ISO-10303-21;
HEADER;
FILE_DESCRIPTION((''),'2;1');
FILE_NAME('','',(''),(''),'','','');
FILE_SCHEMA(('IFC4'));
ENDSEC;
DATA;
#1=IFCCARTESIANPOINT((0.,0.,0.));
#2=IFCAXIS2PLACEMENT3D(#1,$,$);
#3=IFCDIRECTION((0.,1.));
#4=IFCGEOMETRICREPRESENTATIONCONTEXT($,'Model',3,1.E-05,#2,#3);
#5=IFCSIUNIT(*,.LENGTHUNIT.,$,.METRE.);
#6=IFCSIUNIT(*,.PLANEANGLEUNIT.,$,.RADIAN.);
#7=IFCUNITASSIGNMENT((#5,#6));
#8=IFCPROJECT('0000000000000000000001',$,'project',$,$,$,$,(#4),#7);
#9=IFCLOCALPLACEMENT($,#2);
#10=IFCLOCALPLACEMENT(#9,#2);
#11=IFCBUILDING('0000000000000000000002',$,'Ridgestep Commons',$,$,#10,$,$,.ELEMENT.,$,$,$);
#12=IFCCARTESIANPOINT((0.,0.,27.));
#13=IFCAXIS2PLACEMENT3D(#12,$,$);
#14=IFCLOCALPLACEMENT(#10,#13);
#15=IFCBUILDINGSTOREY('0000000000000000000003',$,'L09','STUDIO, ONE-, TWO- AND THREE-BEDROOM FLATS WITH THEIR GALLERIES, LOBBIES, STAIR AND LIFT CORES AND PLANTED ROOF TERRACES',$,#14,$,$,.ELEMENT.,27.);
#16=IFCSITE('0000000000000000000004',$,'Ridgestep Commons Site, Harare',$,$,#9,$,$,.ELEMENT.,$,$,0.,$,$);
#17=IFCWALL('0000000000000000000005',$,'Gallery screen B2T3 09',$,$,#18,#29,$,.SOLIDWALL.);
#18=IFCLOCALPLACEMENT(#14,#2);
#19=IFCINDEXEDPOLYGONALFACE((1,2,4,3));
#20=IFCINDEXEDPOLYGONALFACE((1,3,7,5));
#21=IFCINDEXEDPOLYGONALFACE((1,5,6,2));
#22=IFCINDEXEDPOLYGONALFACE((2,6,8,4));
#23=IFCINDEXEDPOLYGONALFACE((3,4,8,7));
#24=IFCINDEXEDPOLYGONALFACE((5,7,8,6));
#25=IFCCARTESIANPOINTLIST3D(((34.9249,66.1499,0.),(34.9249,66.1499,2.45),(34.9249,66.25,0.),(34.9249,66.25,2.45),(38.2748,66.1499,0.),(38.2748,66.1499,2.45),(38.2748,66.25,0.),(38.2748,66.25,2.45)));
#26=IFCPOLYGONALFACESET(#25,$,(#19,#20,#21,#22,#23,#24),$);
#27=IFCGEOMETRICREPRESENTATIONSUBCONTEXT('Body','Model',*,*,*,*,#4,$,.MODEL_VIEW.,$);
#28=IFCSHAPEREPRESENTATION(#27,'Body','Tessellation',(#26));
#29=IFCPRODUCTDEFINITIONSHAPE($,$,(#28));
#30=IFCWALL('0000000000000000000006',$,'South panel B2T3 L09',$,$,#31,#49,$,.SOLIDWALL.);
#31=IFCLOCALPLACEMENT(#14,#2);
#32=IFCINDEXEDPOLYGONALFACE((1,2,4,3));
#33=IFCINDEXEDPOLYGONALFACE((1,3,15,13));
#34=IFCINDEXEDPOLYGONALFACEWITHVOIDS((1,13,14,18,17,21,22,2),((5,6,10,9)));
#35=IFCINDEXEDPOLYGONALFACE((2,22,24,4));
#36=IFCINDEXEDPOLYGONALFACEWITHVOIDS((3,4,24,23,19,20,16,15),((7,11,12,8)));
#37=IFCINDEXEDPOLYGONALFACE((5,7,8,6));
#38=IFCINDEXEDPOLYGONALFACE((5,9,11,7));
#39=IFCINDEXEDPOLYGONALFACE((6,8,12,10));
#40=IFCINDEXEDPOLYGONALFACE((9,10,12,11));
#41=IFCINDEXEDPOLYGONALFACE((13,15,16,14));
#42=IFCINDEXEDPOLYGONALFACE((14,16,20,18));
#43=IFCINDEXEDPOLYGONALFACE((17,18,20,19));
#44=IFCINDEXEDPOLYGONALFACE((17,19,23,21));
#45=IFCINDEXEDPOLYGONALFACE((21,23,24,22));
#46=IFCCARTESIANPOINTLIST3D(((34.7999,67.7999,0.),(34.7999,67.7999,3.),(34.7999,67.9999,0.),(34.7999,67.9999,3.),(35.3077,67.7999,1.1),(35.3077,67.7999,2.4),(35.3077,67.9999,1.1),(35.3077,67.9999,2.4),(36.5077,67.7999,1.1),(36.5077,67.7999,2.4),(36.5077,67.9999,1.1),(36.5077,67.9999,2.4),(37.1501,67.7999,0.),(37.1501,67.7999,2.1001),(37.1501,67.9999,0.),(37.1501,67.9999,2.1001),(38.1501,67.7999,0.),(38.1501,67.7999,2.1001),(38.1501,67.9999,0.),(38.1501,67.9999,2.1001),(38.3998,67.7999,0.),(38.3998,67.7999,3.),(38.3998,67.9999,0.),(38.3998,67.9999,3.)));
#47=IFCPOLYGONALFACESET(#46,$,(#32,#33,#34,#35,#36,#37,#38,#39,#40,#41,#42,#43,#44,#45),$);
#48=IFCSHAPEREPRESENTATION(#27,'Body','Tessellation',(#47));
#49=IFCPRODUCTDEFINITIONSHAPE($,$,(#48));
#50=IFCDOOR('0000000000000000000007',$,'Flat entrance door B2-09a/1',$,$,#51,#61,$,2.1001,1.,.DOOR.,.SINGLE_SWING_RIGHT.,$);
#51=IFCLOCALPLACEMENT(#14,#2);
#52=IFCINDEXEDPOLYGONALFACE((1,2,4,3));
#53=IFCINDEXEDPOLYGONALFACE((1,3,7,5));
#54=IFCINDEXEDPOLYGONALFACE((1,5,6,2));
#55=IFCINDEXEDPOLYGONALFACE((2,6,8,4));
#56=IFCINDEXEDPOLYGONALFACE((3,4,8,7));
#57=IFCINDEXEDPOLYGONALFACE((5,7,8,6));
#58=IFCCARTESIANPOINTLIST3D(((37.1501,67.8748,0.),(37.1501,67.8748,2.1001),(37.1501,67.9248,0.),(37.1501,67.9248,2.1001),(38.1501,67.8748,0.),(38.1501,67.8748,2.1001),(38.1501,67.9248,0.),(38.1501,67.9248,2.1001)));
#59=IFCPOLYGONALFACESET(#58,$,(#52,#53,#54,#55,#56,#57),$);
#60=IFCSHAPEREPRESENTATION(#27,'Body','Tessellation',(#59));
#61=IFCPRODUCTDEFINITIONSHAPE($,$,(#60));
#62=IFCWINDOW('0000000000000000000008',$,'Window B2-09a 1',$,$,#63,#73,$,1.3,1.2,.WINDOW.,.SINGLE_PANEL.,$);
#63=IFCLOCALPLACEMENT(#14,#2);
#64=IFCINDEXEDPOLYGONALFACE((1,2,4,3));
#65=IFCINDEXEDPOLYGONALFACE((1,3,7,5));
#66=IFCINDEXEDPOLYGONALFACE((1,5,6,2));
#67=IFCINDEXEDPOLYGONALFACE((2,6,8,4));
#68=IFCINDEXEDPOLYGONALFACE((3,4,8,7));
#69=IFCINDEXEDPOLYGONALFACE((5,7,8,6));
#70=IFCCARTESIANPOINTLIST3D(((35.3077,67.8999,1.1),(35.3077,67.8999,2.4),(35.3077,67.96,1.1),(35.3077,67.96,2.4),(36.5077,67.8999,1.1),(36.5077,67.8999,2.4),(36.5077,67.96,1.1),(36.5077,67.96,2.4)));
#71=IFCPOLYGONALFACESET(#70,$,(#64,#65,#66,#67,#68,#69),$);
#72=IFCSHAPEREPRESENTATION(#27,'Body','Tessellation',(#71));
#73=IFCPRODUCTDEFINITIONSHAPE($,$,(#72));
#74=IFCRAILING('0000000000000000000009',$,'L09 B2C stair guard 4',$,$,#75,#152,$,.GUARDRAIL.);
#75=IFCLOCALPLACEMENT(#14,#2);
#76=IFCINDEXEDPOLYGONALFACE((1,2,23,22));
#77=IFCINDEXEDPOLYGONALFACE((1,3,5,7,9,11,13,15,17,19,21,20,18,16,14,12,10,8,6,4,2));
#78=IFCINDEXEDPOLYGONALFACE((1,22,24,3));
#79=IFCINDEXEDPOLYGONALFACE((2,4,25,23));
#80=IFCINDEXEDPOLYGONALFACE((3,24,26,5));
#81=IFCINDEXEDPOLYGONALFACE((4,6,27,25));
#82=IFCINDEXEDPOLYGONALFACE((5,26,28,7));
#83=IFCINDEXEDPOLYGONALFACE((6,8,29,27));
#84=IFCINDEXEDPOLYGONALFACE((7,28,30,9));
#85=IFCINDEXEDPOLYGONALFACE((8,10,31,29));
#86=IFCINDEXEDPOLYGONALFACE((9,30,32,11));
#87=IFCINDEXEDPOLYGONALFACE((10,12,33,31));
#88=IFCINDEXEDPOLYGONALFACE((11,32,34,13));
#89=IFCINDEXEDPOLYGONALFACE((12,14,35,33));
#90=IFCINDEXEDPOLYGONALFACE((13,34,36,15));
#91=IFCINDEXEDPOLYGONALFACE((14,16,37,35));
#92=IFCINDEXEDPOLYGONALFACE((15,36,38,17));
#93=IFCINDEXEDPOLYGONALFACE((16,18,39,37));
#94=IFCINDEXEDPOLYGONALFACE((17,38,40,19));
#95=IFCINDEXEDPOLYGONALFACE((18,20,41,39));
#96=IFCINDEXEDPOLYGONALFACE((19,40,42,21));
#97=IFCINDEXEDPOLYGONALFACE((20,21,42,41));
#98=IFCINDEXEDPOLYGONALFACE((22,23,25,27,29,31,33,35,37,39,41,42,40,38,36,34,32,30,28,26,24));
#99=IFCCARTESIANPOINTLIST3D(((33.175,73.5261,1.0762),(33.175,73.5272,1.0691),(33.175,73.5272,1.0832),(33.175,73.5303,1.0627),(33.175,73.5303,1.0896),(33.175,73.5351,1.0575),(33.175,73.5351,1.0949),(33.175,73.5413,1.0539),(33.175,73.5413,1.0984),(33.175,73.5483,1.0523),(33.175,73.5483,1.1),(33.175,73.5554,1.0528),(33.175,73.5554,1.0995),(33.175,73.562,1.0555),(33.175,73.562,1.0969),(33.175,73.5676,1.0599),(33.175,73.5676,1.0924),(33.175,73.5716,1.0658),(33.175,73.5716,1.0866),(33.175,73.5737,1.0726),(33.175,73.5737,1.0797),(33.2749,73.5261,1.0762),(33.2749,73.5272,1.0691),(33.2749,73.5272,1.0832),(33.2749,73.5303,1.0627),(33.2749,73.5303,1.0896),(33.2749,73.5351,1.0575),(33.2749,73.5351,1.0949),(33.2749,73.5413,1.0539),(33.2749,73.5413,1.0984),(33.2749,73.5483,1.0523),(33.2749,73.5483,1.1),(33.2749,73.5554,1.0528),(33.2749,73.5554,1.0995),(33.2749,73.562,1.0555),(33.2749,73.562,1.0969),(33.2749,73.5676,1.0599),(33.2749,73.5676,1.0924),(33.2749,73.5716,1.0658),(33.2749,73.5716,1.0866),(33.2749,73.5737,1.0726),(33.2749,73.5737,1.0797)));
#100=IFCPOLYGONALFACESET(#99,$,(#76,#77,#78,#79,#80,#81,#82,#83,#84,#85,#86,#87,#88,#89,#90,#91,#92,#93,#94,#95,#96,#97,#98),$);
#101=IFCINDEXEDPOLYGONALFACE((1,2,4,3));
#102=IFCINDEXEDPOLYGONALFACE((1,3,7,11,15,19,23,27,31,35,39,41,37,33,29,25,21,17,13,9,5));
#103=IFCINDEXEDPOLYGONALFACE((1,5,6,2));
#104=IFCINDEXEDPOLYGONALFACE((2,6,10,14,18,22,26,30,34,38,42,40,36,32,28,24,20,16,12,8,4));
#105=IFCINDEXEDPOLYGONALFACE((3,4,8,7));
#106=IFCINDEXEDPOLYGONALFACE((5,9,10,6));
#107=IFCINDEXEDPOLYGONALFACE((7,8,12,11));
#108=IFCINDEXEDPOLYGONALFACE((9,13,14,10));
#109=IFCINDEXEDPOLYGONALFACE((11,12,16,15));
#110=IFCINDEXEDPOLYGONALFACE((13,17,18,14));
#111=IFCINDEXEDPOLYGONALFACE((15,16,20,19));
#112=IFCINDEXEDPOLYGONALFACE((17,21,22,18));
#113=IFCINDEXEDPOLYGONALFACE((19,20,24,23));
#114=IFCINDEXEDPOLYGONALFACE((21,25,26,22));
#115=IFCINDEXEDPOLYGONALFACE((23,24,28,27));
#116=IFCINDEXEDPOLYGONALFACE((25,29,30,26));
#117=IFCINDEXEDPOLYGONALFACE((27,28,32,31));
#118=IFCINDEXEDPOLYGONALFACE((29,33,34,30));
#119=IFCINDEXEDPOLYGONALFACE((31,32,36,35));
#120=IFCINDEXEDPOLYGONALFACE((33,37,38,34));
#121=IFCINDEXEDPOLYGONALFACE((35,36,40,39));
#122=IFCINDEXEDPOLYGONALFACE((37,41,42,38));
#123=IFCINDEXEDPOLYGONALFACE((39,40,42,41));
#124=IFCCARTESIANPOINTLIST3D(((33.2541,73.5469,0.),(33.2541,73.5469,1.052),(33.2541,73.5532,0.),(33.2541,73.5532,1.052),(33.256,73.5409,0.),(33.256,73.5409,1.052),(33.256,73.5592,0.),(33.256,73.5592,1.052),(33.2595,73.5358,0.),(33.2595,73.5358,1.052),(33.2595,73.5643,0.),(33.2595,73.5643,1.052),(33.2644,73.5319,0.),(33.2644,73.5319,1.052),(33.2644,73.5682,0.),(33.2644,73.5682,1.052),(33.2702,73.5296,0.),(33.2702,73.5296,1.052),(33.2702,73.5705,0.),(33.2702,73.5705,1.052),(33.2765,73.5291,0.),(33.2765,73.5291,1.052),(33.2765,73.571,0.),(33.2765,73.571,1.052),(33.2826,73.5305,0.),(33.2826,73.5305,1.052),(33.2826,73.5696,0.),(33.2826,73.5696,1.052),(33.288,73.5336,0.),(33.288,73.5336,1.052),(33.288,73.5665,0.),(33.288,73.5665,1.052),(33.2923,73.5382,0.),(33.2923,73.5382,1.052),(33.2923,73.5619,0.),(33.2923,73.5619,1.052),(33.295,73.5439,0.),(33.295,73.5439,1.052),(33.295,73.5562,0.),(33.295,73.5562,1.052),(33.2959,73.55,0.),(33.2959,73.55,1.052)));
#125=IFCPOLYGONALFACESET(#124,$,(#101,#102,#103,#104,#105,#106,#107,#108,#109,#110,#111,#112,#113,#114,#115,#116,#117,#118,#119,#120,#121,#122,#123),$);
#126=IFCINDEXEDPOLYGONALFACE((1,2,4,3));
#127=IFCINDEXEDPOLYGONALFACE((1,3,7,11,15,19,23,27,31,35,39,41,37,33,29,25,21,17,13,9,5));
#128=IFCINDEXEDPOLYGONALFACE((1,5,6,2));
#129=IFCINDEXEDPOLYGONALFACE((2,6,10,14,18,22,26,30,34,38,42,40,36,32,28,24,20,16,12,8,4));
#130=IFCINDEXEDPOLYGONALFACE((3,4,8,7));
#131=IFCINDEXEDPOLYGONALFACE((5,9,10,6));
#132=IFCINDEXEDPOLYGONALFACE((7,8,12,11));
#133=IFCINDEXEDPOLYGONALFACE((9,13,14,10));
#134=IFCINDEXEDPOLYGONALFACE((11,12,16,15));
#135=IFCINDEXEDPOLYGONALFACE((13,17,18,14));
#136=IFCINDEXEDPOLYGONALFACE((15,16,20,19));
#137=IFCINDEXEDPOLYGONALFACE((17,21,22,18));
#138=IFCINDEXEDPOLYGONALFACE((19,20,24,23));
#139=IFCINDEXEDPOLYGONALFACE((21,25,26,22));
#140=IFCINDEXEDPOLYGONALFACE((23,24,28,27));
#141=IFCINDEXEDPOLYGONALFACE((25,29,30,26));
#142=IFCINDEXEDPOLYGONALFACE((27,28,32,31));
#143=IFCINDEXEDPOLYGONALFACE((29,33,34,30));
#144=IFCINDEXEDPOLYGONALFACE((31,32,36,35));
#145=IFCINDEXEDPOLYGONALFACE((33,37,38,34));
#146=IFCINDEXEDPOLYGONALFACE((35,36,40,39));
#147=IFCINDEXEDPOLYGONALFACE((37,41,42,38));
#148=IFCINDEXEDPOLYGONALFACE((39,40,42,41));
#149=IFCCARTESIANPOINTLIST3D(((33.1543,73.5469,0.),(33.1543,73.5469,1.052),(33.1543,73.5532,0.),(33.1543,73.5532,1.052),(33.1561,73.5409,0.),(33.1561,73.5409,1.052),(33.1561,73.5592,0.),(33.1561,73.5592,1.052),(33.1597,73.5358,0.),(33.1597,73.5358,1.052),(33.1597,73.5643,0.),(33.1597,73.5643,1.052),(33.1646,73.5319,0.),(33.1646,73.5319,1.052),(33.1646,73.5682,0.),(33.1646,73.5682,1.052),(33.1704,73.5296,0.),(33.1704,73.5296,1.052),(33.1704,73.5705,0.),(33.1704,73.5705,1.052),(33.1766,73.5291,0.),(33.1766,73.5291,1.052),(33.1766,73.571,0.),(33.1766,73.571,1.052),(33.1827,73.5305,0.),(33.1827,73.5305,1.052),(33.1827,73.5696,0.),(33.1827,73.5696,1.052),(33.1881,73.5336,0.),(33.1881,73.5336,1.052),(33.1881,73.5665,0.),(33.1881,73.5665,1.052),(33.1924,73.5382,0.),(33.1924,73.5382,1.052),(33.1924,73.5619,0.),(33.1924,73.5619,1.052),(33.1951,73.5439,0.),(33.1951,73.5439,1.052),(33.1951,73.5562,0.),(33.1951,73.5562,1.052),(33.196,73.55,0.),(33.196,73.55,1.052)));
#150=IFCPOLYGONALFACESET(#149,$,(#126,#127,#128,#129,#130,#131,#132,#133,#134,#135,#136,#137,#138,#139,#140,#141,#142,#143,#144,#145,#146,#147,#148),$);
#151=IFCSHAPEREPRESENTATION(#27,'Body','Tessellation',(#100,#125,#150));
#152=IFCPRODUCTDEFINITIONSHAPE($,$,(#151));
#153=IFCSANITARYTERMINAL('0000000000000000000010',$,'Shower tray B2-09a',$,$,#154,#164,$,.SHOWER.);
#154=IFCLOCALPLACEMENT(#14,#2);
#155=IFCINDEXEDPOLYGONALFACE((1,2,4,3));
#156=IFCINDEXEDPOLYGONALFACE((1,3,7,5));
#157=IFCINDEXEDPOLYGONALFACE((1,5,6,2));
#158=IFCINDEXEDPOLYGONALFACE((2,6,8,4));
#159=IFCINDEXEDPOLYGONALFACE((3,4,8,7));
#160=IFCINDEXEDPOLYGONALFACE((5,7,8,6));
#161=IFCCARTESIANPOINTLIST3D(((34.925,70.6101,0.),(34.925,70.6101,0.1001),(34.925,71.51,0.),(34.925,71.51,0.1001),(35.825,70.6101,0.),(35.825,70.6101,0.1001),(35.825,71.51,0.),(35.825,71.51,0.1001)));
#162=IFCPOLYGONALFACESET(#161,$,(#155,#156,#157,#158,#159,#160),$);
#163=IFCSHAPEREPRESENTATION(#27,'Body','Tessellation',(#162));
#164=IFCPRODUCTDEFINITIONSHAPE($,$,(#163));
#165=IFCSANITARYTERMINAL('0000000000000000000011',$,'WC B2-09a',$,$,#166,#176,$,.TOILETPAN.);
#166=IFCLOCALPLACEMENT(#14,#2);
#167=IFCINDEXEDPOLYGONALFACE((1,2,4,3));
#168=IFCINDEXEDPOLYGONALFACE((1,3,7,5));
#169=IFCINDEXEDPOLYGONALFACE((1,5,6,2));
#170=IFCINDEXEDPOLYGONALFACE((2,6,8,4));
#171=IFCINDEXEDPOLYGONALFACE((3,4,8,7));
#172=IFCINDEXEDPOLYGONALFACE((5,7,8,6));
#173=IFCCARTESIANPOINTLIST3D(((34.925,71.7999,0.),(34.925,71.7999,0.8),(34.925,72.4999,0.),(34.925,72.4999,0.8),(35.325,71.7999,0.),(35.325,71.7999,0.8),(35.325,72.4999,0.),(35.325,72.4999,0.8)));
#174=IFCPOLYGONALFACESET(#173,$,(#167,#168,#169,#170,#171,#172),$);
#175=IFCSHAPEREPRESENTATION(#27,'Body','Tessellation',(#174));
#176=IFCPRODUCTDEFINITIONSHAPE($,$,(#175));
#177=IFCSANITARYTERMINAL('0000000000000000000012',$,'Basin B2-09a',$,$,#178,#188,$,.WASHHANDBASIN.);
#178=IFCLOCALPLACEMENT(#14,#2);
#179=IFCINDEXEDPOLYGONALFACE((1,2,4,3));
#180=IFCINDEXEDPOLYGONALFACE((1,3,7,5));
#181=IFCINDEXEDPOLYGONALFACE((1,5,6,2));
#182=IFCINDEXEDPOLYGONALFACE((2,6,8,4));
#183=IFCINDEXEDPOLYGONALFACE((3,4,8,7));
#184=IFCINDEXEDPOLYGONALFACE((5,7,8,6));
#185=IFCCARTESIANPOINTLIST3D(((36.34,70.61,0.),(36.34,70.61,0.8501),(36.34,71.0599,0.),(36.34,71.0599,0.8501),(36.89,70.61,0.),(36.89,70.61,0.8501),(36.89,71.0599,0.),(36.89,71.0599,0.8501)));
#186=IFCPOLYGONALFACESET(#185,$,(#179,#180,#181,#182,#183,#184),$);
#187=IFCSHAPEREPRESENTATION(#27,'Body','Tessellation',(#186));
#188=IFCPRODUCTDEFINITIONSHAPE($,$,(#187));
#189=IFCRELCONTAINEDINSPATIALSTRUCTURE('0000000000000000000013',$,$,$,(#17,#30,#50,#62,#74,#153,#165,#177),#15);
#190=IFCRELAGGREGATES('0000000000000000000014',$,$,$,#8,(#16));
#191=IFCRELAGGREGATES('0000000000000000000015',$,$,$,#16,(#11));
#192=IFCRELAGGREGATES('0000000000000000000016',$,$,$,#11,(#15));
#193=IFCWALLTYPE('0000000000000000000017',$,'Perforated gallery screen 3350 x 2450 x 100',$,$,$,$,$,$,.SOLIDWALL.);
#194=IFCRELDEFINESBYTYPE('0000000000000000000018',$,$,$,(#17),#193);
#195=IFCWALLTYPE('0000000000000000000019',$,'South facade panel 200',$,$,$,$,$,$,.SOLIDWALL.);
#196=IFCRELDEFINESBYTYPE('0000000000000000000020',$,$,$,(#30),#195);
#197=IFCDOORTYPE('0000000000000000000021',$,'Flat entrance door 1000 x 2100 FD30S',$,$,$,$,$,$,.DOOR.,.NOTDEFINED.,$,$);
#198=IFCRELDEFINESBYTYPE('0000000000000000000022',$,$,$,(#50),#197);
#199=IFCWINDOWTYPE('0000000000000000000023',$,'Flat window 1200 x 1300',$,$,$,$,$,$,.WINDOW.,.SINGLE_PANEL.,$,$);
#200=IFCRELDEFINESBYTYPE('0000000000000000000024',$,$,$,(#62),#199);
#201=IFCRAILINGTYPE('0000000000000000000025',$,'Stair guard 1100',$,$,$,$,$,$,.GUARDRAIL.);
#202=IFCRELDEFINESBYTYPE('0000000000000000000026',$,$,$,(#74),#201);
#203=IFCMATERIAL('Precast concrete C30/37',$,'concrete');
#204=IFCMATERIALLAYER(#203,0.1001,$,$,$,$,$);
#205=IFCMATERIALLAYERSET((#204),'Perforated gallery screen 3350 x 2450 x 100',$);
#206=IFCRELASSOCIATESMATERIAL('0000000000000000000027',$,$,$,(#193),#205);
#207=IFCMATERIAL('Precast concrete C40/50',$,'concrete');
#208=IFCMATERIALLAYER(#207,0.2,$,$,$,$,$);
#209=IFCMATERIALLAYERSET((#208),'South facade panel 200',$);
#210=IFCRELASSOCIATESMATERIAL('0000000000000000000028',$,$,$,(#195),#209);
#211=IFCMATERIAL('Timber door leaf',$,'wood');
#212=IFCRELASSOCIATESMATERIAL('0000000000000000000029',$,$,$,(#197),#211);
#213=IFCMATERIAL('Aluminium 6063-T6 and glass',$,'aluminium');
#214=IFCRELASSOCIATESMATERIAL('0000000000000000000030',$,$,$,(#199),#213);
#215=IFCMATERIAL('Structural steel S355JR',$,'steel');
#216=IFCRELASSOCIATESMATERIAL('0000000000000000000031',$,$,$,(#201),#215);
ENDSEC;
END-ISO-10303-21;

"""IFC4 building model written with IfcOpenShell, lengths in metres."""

from ifc_helpers import new_model, si_unit, direction, frame, frame_2d, origin, origin_2d, place, context, subcontext, project, spatial, rectangle, circle, extrude, material, layer, layer_set, type_object, element, fill, save


model = new_model("IFC4")

# Units and contexts
model_context = context("Model", 3, precision=1e-05, world=origin(), true_north=direction((0.0, 1.0)))
body_context = subcontext(model_context, "Body", "Model", "MODEL_VIEW")
ifc_project = project(units=[si_unit("LENGTHUNIT", "METRE"), si_unit("PLANEANGLEUNIT", "RADIAN")], contexts=[model_context])

# Site, building, storey
site_placement = place(None, origin())
site = spatial("IfcSite", under=ifc_project, at=site_placement, Name="Ridgestep Commons Site, Harare", CompositionType="ELEMENT", RefElevation=0.0)
building_placement = place(site_placement, origin())
building = spatial("IfcBuilding", under=site, at=building_placement, Name="Ridgestep Commons", CompositionType="ELEMENT")
storey_placement = place(building_placement, frame((0.0, 0.0, 27.0)))
storey = spatial("IfcBuildingStorey", under=building, at=storey_placement, Name="L09", Description="STUDIO, ONE-, TWO- AND THREE-BEDROOM FLATS WITH THEIR GALLERIES, LOBBIES, STAIR AND LIFT CORES AND PLANTED ROOF TERRACES", CompositionType="ELEMENT", Elevation=27.0)

# Wall
ifc_material_1 = material(Name="Precast concrete C30/37", Category="concrete")
ifc_layer_1 = layer(ifc_material_1, 0.1001)
ifc_layer_set_1 = layer_set([ifc_layer_1], Name="Perforated gallery screen 3350 x 2450 x 100")
wall_type_1 = type_object("IfcWallType", Name="Perforated gallery screen 3350 x 2450 x 100", PredefinedType="SOLIDWALL", material=ifc_layer_set_1)
wall_1_placement = place(storey_placement, frame((34.925, 66.2, 0.0), z_axis=(0.0, 0.0, 1.0), x_axis=(1.0, 0.0, 0.0)))
element("IfcWall", 1, at=wall_1_placement, inside=storey, type_object=wall_type_1, Name="Gallery screen B2T3 09", PredefinedType="SOLIDWALL", context=body_context, shape_type="SweptSolid", body=[
    extrude(rectangle(XDim=3.3499, YDim=0.1001, at=frame_2d((1.6748, 0.0))), origin(), (0.0, 0.0, 1.0), 2.45),
])

# Wall, openings, door, window
ifc_material_2 = material(Name="Precast concrete C40/50", Category="concrete")
ifc_layer_2 = layer(ifc_material_2, 0.2)
ifc_layer_set_2 = layer_set([ifc_layer_2], Name="South facade panel 200")
wall_type_2 = type_object("IfcWallType", Name="South facade panel 200", PredefinedType="SOLIDWALL", material=ifc_layer_set_2)
wall_2_placement = place(storey_placement, frame((34.8, 67.8999, 0.0), z_axis=(0.0, 0.0, 1.0), x_axis=(1.0, 0.0, 0.0)))
wall_2 = element("IfcWall", 2, at=wall_2_placement, inside=storey, type_object=wall_type_2, Name="South panel B2T3 L09", PredefinedType="SOLIDWALL", context=body_context, shape_type="SweptSolid", body=[
    extrude(rectangle(XDim=3.5999, YDim=0.2, at=frame_2d((1.7998, 0.0))), origin(), (0.0, 0.0, 1.0), 3.0),
])
opening_1_placement = place(wall_2_placement, frame((0.5076, 0.0, 1.1001)))
opening_1 = element("IfcOpeningElement", 3, at=opening_1_placement, cuts=wall_2, PredefinedType="OPENING", context=body_context, shape_type="SweptSolid", body=[
    extrude(rectangle(XDim=1.2, YDim=1.3, at=frame_2d((0.6001, 0.6499))), frame((0.0, 0.1099, 0.0), z_axis=(0.0, -1.0, 0.0), x_axis=(1.0, 0.0, 0.0)), (0.0, 0.0, 1.0), 0.22),
])
opening_2_placement = place(wall_2_placement, frame((2.3501, 0.0, 0.0)))
opening_2 = element("IfcOpeningElement", 4, at=opening_2_placement, cuts=wall_2, PredefinedType="OPENING", context=body_context, shape_type="SweptSolid", body=[
    extrude(rectangle(XDim=1.0, YDim=2.1001, at=frame_2d((0.5, 1.05))), frame((0.0, 0.1099, 0.0), z_axis=(0.0, -1.0, 0.0), x_axis=(1.0, 0.0, 0.0)), (0.0, 0.0, 1.0), 0.22),
])
ifc_material_3 = material(Name="Timber door leaf", Category="wood")
door_type_1 = type_object("IfcDoorType", Name="Flat entrance door 1000 x 2100 FD30S", OperationType="NOTDEFINED", PredefinedType="DOOR", material=ifc_material_3)
door_1_placement = place(opening_2_placement, origin())
door_1 = element("IfcDoor", 5, at=door_1_placement, inside=storey, type_object=door_type_1, Name="Flat entrance door B2-09a/1", OperationType="SINGLE_SWING_RIGHT", OverallHeight=2.1001, OverallWidth=1.0, PredefinedType="DOOR", context=body_context, shape_type="SweptSolid", body=[
    extrude(rectangle(XDim=1.0, YDim=2.1001, at=frame_2d((0.5, 1.05))), frame((0.0, 0.0249, 0.0), z_axis=(0.0, -1.0, 0.0), x_axis=(1.0, 0.0, 0.0)), (0.0, 0.0, 1.0), 0.05),
])
fill(opening_2, door_1)
ifc_material_4 = material(Name="Aluminium 6063-T6 and glass", Category="aluminium")
window_type_1 = type_object("IfcWindowType", Name="Flat window 1200 x 1300", PartitioningType="SINGLE_PANEL", PredefinedType="WINDOW", material=ifc_material_4)
window_1_placement = place(opening_1_placement, origin())
window_1 = element("IfcWindow", 6, at=window_1_placement, inside=storey, type_object=window_type_1, Name="Window B2-09a 1", OverallHeight=1.3, OverallWidth=1.2, PartitioningType="SINGLE_PANEL", PredefinedType="WINDOW", context=body_context, shape_type="SweptSolid", body=[
    extrude(rectangle(XDim=1.2, YDim=1.3, at=frame_2d((0.6001, 0.6499))), frame((0.0, 0.0601, 0.0), z_axis=(0.0, -1.0, 0.0), x_axis=(1.0, 0.0, 0.0)), (0.0, 0.0, 1.0), 0.0601),
])
fill(opening_1, window_1)

# Railing
ifc_material_5 = material(Name="Structural steel S355JR", Category="steel")
railing_type = type_object("IfcRailingType", Name="Stair guard 1100", PredefinedType="GUARDRAIL", material=ifc_material_5)
railing_placement = place(storey_placement, frame((33.2749, 73.55, 0.0)))
element("IfcRailing", 7, at=railing_placement, inside=storey, type_object=railing_type, Name="L09 B2C stair guard 4", PredefinedType="GUARDRAIL", context=body_context, shape_type="SweptSolid", body=[
    extrude(circle(Radius=0.0239, at=origin_2d()), frame((0.0, 0.0, 1.0762), z_axis=(-1.0, 0.0, 0.0), x_axis=(0.0, -1.0, 0.0)), (0.0, 0.0, 1.0), 0.0999),
    extrude(circle(Radius=0.021, at=origin_2d()), origin(), (0.0, 0.0, 1.0), 1.052),
    extrude(circle(Radius=0.021, at=origin_2d()), frame((-0.0999, 0.0, 0.0)), (0.0, 0.0, 1.0), 1.052),
])

# Sanitary terminals
sanitary_terminal_1_placement = place(storey_placement, frame((35.375, 71.0601, 0.0), z_axis=(0.0, 0.0, 1.0), x_axis=(1.0, 0.0, 0.0)))
element("IfcSanitaryTerminal", 8, at=sanitary_terminal_1_placement, inside=storey, Name="Shower tray B2-09a", PredefinedType="SHOWER", context=body_context, shape_type="SweptSolid", body=[
    extrude(rectangle(XDim=0.8999, YDim=0.8999, at=origin_2d()), origin(), (0.0, 0.0, 1.0), 0.1001),
])
sanitary_terminal_2_placement = place(storey_placement, frame((35.125, 72.1499, 0.0), z_axis=(0.0, 0.0, 1.0), x_axis=(1.0, 0.0, 0.0)))
element("IfcSanitaryTerminal", 9, at=sanitary_terminal_2_placement, inside=storey, Name="WC B2-09a", PredefinedType="TOILETPAN", context=body_context, shape_type="SweptSolid", body=[
    extrude(rectangle(XDim=0.3999, YDim=0.7, at=origin_2d()), origin(), (0.0, 0.0, 1.0), 0.8),
])
sanitary_terminal_3_placement = place(storey_placement, frame((36.615, 70.835, 0.0), z_axis=(0.0, 0.0, 1.0), x_axis=(1.0, 0.0, 0.0)))
element("IfcSanitaryTerminal", 10, at=sanitary_terminal_3_placement, inside=storey, Name="Basin B2-09a", PredefinedType="WASHHANDBASIN", context=body_context, shape_type="SweptSolid", body=[
    extrude(rectangle(XDim=0.55, YDim=0.45, at=origin_2d()), origin(), (0.0, 0.0, 1.0), 0.8501),
])

save(model, "model.ifc")
